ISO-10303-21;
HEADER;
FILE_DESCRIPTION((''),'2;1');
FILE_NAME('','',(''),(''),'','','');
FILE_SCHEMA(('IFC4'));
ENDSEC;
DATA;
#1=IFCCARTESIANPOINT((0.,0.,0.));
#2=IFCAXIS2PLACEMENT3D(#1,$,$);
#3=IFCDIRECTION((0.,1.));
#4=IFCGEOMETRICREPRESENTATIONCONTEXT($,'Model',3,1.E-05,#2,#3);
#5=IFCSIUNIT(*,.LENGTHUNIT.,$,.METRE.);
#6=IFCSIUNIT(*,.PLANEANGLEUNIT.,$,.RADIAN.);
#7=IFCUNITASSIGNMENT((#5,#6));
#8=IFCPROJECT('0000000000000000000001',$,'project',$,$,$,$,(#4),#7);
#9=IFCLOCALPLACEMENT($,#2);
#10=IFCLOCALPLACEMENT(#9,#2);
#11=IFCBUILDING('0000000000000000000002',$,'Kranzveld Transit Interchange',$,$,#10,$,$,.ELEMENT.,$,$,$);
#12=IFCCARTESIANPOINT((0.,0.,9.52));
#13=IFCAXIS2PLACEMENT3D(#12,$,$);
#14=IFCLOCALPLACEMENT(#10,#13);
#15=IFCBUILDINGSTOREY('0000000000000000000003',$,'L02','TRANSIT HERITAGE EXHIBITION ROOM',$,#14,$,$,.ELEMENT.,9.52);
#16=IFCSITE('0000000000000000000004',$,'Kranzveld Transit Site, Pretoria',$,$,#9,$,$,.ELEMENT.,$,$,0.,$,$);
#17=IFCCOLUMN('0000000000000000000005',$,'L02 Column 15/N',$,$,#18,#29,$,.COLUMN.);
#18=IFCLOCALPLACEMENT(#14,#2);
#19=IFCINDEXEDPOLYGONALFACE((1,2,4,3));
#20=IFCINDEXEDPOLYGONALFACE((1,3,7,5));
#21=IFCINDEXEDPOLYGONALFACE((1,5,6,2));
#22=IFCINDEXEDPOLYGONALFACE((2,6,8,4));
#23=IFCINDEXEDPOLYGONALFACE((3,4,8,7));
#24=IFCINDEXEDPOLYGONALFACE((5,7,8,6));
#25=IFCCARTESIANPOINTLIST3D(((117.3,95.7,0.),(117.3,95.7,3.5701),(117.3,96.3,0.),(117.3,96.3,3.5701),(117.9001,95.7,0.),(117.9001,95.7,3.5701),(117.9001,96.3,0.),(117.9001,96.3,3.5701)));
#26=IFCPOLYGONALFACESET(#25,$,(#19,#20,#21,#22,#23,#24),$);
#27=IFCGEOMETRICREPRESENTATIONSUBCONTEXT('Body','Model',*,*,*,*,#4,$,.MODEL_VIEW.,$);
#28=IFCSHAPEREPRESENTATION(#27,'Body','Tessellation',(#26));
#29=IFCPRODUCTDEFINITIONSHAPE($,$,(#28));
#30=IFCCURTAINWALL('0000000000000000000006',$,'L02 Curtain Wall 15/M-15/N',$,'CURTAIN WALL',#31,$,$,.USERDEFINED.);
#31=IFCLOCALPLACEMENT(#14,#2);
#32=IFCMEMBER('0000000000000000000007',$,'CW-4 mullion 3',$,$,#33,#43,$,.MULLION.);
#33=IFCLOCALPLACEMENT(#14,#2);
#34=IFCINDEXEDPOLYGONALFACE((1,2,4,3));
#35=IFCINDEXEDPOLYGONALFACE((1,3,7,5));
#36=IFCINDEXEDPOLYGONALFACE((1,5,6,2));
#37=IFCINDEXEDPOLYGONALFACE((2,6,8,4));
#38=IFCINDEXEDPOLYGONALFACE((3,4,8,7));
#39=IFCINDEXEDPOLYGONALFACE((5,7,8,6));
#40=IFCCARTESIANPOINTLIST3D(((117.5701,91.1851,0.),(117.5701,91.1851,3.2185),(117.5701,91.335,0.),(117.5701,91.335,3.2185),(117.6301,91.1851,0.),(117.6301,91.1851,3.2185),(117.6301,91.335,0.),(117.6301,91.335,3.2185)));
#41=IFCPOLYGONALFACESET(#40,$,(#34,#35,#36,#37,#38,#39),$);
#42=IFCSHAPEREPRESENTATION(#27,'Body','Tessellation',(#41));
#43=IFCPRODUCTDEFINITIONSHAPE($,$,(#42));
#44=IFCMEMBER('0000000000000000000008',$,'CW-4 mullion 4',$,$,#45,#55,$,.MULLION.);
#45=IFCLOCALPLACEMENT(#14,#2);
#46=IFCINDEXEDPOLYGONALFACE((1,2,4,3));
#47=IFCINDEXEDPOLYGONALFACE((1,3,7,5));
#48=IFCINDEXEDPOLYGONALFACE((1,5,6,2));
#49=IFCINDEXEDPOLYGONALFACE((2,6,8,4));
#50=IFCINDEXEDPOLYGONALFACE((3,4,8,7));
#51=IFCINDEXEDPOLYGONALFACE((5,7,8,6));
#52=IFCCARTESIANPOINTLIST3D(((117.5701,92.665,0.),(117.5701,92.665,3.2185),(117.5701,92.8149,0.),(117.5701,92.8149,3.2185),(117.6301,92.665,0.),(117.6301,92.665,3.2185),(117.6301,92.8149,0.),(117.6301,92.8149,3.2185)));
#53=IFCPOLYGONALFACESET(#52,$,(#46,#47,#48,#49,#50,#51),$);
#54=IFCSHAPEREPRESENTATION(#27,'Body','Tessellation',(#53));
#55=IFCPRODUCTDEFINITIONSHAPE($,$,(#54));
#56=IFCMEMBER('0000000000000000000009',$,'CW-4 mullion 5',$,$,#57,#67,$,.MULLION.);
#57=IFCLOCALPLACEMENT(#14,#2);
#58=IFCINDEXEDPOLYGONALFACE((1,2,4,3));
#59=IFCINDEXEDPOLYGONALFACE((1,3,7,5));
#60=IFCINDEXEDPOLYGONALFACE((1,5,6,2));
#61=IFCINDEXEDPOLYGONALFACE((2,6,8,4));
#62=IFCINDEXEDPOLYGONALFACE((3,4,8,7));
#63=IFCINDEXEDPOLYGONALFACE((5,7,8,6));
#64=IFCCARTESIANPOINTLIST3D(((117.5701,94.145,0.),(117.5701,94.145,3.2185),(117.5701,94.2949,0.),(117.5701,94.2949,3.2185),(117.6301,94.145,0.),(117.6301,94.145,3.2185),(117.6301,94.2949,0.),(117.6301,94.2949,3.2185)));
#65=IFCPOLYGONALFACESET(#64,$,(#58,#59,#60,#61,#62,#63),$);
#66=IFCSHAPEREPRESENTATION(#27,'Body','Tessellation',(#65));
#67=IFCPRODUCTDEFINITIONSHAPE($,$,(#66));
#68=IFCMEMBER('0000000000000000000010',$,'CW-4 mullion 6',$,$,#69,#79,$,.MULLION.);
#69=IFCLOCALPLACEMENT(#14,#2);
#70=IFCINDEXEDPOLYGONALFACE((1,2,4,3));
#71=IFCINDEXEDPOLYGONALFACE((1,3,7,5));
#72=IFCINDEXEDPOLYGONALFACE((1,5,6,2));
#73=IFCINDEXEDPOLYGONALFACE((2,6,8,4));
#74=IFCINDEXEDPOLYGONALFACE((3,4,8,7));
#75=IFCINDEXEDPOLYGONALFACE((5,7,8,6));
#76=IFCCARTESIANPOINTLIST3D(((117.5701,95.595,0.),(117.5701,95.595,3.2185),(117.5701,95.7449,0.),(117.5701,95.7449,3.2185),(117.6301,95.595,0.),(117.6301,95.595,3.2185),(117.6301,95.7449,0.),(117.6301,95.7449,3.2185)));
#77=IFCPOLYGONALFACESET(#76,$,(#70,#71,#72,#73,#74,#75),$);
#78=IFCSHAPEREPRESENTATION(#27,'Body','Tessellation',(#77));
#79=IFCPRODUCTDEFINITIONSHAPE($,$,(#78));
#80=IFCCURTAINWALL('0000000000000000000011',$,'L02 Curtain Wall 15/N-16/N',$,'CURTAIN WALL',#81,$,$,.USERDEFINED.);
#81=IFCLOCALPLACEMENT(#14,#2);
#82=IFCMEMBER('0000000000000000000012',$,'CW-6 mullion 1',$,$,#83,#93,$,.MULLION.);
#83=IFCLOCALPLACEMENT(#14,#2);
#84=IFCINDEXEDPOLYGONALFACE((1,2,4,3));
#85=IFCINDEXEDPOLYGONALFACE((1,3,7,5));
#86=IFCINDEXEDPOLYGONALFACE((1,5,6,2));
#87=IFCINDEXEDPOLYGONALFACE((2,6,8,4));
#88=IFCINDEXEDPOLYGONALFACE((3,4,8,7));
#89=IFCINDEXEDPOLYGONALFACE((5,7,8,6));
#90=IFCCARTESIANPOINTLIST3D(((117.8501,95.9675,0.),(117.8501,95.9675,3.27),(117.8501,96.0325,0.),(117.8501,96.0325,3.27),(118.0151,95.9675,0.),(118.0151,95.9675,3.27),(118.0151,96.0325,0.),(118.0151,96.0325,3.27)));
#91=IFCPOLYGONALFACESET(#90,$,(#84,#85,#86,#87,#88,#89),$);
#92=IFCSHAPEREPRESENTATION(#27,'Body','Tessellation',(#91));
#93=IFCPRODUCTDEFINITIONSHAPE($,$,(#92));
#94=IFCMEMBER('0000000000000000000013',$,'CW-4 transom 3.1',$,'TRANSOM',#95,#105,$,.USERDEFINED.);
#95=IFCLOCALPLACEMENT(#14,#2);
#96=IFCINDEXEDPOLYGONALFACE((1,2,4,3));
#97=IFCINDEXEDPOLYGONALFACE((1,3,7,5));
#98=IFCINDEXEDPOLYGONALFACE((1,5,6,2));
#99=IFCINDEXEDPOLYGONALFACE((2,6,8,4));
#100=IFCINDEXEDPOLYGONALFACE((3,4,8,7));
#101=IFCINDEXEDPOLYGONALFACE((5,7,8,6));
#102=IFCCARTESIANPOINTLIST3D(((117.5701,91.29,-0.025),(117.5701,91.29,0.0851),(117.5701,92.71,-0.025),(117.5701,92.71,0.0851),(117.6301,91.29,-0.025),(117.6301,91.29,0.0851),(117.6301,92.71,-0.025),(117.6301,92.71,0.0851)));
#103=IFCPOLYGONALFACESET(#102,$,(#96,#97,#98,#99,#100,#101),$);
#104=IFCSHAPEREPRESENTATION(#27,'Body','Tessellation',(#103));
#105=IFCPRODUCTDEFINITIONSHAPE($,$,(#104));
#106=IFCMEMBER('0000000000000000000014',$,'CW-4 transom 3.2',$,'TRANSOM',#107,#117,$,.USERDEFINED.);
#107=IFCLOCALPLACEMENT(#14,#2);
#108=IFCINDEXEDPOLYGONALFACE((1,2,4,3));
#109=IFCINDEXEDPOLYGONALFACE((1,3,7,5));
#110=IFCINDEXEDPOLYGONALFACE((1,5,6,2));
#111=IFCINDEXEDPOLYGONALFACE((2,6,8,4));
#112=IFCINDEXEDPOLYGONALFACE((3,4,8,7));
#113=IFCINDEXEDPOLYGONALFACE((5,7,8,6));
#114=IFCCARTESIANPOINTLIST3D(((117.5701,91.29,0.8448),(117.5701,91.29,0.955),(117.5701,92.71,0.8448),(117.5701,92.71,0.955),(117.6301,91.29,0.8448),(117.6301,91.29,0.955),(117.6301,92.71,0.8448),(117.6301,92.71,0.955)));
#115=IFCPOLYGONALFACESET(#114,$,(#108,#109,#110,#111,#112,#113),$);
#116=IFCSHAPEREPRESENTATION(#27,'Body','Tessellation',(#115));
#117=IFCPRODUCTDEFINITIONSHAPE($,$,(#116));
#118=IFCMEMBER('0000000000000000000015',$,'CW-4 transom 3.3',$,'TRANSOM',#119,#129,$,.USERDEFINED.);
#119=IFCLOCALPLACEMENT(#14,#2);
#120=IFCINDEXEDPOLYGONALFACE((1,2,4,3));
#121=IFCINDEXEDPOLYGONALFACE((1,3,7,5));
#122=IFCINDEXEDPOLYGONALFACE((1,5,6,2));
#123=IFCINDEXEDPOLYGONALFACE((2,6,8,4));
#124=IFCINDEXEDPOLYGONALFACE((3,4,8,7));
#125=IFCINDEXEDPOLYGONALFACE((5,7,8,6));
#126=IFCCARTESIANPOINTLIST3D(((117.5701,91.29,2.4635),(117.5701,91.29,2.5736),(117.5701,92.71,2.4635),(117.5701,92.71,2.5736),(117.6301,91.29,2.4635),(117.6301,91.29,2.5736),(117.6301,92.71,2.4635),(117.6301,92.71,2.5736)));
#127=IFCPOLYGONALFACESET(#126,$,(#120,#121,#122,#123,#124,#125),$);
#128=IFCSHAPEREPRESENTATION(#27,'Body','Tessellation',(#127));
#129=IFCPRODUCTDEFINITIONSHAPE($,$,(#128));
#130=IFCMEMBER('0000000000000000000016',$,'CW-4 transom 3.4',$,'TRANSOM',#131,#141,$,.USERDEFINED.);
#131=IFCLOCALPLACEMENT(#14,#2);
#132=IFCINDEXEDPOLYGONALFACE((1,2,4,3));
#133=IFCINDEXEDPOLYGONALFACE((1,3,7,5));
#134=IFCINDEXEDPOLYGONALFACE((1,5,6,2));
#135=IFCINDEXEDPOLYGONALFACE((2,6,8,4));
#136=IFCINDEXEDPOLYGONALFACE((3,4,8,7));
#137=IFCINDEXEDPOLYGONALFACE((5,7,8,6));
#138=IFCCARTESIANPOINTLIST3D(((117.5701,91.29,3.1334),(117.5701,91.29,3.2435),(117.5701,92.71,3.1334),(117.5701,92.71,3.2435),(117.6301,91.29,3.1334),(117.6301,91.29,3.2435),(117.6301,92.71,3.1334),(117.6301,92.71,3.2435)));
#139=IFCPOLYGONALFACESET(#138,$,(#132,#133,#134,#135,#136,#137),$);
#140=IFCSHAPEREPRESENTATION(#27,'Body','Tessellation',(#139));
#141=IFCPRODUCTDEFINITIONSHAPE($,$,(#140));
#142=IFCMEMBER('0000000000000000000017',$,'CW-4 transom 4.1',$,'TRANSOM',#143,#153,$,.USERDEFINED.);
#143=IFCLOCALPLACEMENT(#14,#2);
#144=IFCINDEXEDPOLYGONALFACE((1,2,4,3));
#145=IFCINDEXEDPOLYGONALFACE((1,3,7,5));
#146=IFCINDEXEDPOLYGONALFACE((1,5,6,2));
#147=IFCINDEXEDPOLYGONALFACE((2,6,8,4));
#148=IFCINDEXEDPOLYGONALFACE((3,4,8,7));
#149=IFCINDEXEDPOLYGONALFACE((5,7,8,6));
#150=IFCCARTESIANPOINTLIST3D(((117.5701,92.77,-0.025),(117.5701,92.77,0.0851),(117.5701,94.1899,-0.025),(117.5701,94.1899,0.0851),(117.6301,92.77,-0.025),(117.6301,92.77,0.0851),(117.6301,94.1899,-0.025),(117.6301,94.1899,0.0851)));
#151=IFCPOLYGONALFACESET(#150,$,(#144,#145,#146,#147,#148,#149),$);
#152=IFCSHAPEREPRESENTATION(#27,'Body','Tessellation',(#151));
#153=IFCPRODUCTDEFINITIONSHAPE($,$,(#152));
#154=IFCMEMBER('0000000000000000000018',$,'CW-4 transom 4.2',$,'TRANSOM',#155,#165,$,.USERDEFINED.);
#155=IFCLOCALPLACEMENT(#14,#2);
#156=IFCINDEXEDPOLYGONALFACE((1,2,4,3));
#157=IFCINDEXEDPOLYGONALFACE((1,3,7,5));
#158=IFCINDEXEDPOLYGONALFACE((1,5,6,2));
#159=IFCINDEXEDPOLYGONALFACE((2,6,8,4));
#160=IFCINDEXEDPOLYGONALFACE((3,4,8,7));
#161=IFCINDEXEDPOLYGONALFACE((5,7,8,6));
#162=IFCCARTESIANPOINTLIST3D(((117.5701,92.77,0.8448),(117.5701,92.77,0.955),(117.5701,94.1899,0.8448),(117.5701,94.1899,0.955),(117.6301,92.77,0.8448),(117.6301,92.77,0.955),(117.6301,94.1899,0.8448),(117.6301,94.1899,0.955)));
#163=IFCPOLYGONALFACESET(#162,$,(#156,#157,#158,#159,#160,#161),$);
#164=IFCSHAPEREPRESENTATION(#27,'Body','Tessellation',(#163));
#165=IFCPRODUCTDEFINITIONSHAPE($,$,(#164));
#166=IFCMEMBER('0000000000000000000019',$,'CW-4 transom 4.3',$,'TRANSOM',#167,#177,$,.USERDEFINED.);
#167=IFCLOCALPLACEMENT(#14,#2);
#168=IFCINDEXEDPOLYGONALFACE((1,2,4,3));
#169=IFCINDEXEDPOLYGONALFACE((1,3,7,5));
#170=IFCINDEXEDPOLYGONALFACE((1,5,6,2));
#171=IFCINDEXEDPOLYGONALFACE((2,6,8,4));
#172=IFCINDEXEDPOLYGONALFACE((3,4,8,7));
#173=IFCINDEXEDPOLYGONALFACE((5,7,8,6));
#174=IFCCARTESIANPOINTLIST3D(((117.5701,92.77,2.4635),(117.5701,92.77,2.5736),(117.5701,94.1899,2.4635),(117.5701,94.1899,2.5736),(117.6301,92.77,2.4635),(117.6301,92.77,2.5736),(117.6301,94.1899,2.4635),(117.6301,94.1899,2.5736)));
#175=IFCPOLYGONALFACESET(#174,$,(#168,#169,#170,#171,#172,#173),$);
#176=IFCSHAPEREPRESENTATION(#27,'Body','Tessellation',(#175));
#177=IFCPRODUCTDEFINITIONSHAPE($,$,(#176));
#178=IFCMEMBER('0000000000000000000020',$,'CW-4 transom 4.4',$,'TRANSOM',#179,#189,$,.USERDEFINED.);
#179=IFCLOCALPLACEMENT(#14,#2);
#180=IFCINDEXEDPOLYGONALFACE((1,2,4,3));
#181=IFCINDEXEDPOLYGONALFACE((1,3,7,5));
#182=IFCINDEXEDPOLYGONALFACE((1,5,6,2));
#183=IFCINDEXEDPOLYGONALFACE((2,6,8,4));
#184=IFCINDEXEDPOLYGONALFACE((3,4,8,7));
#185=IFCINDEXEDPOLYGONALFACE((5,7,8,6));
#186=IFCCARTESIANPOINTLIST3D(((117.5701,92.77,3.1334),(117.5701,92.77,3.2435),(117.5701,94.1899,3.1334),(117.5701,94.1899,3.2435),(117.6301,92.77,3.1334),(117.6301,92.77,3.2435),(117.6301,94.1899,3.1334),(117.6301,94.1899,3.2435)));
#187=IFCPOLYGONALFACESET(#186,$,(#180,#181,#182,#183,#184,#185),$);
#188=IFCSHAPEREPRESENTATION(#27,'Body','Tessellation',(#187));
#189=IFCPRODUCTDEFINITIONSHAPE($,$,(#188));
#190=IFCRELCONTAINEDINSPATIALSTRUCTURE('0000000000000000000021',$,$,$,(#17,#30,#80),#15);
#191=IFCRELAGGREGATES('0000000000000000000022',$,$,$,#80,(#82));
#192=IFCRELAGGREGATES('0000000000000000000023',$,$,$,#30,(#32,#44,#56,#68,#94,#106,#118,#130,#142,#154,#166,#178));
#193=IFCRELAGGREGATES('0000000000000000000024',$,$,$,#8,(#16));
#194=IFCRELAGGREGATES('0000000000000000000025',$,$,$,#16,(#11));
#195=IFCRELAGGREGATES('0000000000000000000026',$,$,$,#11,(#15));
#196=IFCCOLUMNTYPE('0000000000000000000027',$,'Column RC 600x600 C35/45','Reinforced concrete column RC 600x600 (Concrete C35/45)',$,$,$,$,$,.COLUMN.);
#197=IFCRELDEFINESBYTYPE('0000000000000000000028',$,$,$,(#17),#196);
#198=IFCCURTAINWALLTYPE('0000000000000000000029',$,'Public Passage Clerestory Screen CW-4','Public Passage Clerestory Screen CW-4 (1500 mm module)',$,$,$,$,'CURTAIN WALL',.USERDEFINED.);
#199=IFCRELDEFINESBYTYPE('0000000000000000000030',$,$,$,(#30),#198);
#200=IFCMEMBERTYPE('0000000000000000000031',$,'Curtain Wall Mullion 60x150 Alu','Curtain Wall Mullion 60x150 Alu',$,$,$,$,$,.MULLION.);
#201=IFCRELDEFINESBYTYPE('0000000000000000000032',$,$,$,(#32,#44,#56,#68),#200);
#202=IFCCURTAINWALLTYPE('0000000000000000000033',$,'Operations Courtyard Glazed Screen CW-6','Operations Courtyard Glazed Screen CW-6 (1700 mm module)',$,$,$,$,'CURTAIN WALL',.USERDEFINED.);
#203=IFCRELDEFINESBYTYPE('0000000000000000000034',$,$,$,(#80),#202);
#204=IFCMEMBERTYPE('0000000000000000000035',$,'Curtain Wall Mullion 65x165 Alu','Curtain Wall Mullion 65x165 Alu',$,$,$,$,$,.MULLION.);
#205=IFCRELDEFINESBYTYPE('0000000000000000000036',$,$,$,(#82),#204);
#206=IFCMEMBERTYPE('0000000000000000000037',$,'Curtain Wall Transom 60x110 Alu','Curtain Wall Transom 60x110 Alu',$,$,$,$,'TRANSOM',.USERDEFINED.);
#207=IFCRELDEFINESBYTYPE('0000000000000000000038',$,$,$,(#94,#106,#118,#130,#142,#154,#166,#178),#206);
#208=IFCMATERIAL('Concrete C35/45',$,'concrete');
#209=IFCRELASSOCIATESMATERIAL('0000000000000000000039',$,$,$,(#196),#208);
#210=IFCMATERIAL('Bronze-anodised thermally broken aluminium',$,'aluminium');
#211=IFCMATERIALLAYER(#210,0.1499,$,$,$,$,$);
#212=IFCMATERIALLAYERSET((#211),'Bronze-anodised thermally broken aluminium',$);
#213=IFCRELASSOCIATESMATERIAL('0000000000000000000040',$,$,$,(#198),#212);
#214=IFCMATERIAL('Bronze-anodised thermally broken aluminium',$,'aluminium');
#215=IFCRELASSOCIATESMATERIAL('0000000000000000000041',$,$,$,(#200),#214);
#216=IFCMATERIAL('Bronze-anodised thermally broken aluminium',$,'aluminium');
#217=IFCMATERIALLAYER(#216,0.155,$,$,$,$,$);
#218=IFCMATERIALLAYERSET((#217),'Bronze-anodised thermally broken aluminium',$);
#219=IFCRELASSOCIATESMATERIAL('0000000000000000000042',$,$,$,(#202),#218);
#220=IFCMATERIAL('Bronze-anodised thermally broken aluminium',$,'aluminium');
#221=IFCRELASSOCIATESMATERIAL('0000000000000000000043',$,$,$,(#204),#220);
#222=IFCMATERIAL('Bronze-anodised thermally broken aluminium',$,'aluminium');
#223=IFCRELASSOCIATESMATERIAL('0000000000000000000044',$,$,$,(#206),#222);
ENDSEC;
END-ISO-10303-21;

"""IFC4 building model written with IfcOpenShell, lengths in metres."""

from ifc_helpers import new_model, si_unit, direction, frame, origin, origin_2d, place, context, subcontext, project, spatial, rectangle, extrude, material, layer, layer_set, material_profile, profile_set, type_object, element, aggregate, save


model = new_model("IFC4")

# Units and contexts
model_context = context("Model", 3, precision=1e-05, world=origin(), true_north=direction((0.0, 1.0)))
body_context = subcontext(model_context, "Body", "Model", "MODEL_VIEW")
ifc_project = project(units=[si_unit("LENGTHUNIT", "METRE"), si_unit("PLANEANGLEUNIT", "RADIAN")], contexts=[model_context])

# Site, building, storey
site_placement = place(None, origin())
site = spatial("IfcSite", under=ifc_project, at=site_placement, Name="Kranzveld Transit Site, Pretoria", CompositionType="ELEMENT", RefElevation=0.0)
building_placement = place(site_placement, origin())
building = spatial("IfcBuilding", under=site, at=building_placement, Name="Kranzveld Transit Interchange", CompositionType="ELEMENT")
storey_placement = place(building_placement, frame((0.0, 0.0, 9.52)))
storey = spatial("IfcBuildingStorey", under=building, at=storey_placement, Name="L02", Description="TRANSIT HERITAGE EXHIBITION ROOM", CompositionType="ELEMENT", Elevation=9.52)

# Column
ifc_material_1 = material(Name="Concrete C35/45", Category="concrete")
ifc_material_profile_1 = material_profile(ifc_material_1, rectangle(XDim=0.6001, YDim=0.6001, at=origin_2d()), Name="RC 600x600")
ifc_profile_set_1 = profile_set([ifc_material_profile_1], Name="Concrete C35/45")
column_type = type_object("IfcColumnType", Name="Column RC 600x600 C35/45", Description="Reinforced concrete column RC 600x600 (Concrete C35/45)", PredefinedType="COLUMN", material=ifc_profile_set_1)
column_placement = place(storey_placement, frame((117.6001, 96.0, 0.0), z_axis=(0.0, 0.0, 1.0), x_axis=(1.0, 0.0, 0.0)))
element("IfcColumn", 1, at=column_placement, inside=storey, type_object=column_type, Name="L02 Column 15/N", PredefinedType="COLUMN", context=body_context, shape_type="SweptSolid", body=[
    extrude(rectangle(XDim=0.6001, YDim=0.6001, at=origin_2d()), origin(), (0.0, 0.0, 1.0), 3.5701),
])

# Curtain wall, members
ifc_material_2 = material(Name="Bronze-anodised thermally broken aluminium", Category="aluminium")
ifc_layer_1 = layer(ifc_material_2, 0.1499)
ifc_layer_set_1 = layer_set([ifc_layer_1], Name="Bronze-anodised thermally broken aluminium")
curtain_wall_type_1 = type_object("IfcCurtainWallType", Name="Public Passage Clerestory Screen CW-4", Description="Public Passage Clerestory Screen CW-4 (1500 mm module)", ElementType="CURTAIN WALL", PredefinedType="USERDEFINED", material=ifc_layer_set_1)
curtain_wall_1_placement = place(storey_placement, origin())
curtain_wall_1 = element("IfcCurtainWall", 2, at=curtain_wall_1_placement, inside=storey, type_object=curtain_wall_type_1, Name="L02 Curtain Wall 15/M-15/N", ObjectType="CURTAIN WALL", PredefinedType="USERDEFINED")
ifc_material_3 = material(Name="Bronze-anodised thermally broken aluminium", Category="aluminium")
ifc_material_profile_2 = material_profile(ifc_material_3, rectangle(XDim=0.0601, YDim=0.1499, at=origin_2d()), Name="ALU MULLION 60x150")
ifc_profile_set_2 = profile_set([ifc_material_profile_2], Name="Bronze-anodised thermally broken aluminium")
member_type_1 = type_object("IfcMemberType", Name="Curtain Wall Mullion 60x150 Alu", Description="Curtain Wall Mullion 60x150 Alu", PredefinedType="MULLION", material=ifc_profile_set_2)
member_1_placement = place(storey_placement, frame((117.6001, 91.26, 0.0), z_axis=(0.0, 0.0, 1.0), x_axis=(-1.0, 0.0, 0.0)))
member_1 = element("IfcMember", 3, at=member_1_placement, type_object=member_type_1, Name="CW-4 mullion 3", PredefinedType="MULLION", context=body_context, shape_type="SweptSolid", body=[
    extrude(rectangle(XDim=0.0601, YDim=0.1499, at=origin_2d()), origin(), (0.0, 0.0, 1.0), 3.2185),
])
member_2_placement = place(storey_placement, frame((117.6001, 92.74, 0.0), z_axis=(0.0, 0.0, 1.0), x_axis=(-1.0, 0.0, 0.0)))
member_2 = element("IfcMember", 4, at=member_2_placement, type_object=member_type_1, Name="CW-4 mullion 4", PredefinedType="MULLION", context=body_context, shape_type="SweptSolid", body=[
    extrude(rectangle(XDim=0.0601, YDim=0.1499, at=origin_2d()), origin(), (0.0, 0.0, 1.0), 3.2185),
])
member_3_placement = place(storey_placement, frame((117.6001, 94.22, 0.0), z_axis=(0.0, 0.0, 1.0), x_axis=(-1.0, 0.0, 0.0)))
member_3 = element("IfcMember", 5, at=member_3_placement, type_object=member_type_1, Name="CW-4 mullion 5", PredefinedType="MULLION", context=body_context, shape_type="SweptSolid", body=[
    extrude(rectangle(XDim=0.0601, YDim=0.1499, at=origin_2d()), origin(), (0.0, 0.0, 1.0), 3.2185),
])
member_4_placement = place(storey_placement, frame((117.6001, 95.6699, 0.0), z_axis=(0.0, 0.0, 1.0), x_axis=(-1.0, 0.0, 0.0)))
member_4 = element("IfcMember", 6, at=member_4_placement, type_object=member_type_1, Name="CW-4 mullion 6", PredefinedType="MULLION", context=body_context, shape_type="SweptSolid", body=[
    extrude(rectangle(XDim=0.0601, YDim=0.1499, at=origin_2d()), origin(), (0.0, 0.0, 1.0), 3.2185),
])

# Curtain wall, member
ifc_material_4 = material(Name="Bronze-anodised thermally broken aluminium", Category="aluminium")
ifc_layer_2 = layer(ifc_material_4, 0.155)
ifc_layer_set_2 = layer_set([ifc_layer_2], Name="Bronze-anodised thermally broken aluminium")
curtain_wall_type_2 = type_object("IfcCurtainWallType", Name="Operations Courtyard Glazed Screen CW-6", Description="Operations Courtyard Glazed Screen CW-6 (1700 mm module)", ElementType="CURTAIN WALL", PredefinedType="USERDEFINED", material=ifc_layer_set_2)
curtain_wall_2_placement = place(storey_placement, origin())
curtain_wall_2 = element("IfcCurtainWall", 7, at=curtain_wall_2_placement, inside=storey, type_object=curtain_wall_type_2, Name="L02 Curtain Wall 15/N-16/N", ObjectType="CURTAIN WALL", PredefinedType="USERDEFINED")
ifc_material_5 = material(Name="Bronze-anodised thermally broken aluminium", Category="aluminium")
ifc_material_profile_3 = material_profile(ifc_material_5, rectangle(XDim=0.0649, YDim=0.165, at=origin_2d()), Name="ALU MULLION 65x165")
ifc_profile_set_3 = profile_set([ifc_material_profile_3], Name="Bronze-anodised thermally broken aluminium")
member_type_2 = type_object("IfcMemberType", Name="Curtain Wall Mullion 65x165 Alu", Description="Curtain Wall Mullion 65x165 Alu", PredefinedType="MULLION", material=ifc_profile_set_3)
member_5_placement = place(storey_placement, frame((117.9326, 96.0, 0.0), z_axis=(0.0, 0.0, 1.0), x_axis=(0.0, 1.0, 0.0)))
member_5 = element("IfcMember", 8, at=member_5_placement, type_object=member_type_2, Name="CW-6 mullion 1", PredefinedType="MULLION", context=body_context, shape_type="SweptSolid", body=[
    extrude(rectangle(XDim=0.0649, YDim=0.165, at=origin_2d()), origin(), (0.0, 0.0, 1.0), 3.27),
])

# Members
ifc_material_6 = material(Name="Bronze-anodised thermally broken aluminium", Category="aluminium")
ifc_material_profile_4 = material_profile(ifc_material_6, rectangle(XDim=0.0601, YDim=0.1101, at=origin_2d()), Name="ALU TRANSOM 60x110")
ifc_profile_set_4 = profile_set([ifc_material_profile_4], Name="Bronze-anodised thermally broken aluminium")
member_type_3 = type_object("IfcMemberType", Name="Curtain Wall Transom 60x110 Alu", Description="Curtain Wall Transom 60x110 Alu", ElementType="TRANSOM", PredefinedType="USERDEFINED", material=ifc_profile_set_4)
member_6_placement = place(storey_placement, frame((117.6001, 91.29, 0.03), z_axis=(0.0, 1.0, 0.0), x_axis=(-1.0, 0.0, 0.0)))
member_6 = element("IfcMember", 9, at=member_6_placement, type_object=member_type_3, Name="CW-4 transom 3.1", ObjectType="TRANSOM", PredefinedType="USERDEFINED", context=body_context, shape_type="SweptSolid", body=[
    extrude(rectangle(XDim=0.0601, YDim=0.1101, at=origin_2d()), origin(), (0.0, 0.0, 1.0), 1.4199),
])
member_7_placement = place(storey_placement, frame((117.6001, 91.29, 0.8999), z_axis=(0.0, 1.0, 0.0), x_axis=(-1.0, 0.0, 0.0)))
member_7 = element("IfcMember", 10, at=member_7_placement, type_object=member_type_3, Name="CW-4 transom 3.2", ObjectType="TRANSOM", PredefinedType="USERDEFINED", context=body_context, shape_type="SweptSolid", body=[
    extrude(rectangle(XDim=0.0601, YDim=0.1101, at=origin_2d()), origin(), (0.0, 0.0, 1.0), 1.4199),
])
member_8_placement = place(storey_placement, frame((117.6001, 91.29, 2.5186), z_axis=(0.0, 1.0, 0.0), x_axis=(-1.0, 0.0, 0.0)))
member_8 = element("IfcMember", 11, at=member_8_placement, type_object=member_type_3, Name="CW-4 transom 3.3", ObjectType="TRANSOM", PredefinedType="USERDEFINED", context=body_context, shape_type="SweptSolid", body=[
    extrude(rectangle(XDim=0.0601, YDim=0.1101, at=origin_2d()), origin(), (0.0, 0.0, 1.0), 1.4199),
])
member_9_placement = place(storey_placement, frame((117.6001, 91.29, 3.1885), z_axis=(0.0, 1.0, 0.0), x_axis=(-1.0, 0.0, 0.0)))
member_9 = element("IfcMember", 12, at=member_9_placement, type_object=member_type_3, Name="CW-4 transom 3.4", ObjectType="TRANSOM", PredefinedType="USERDEFINED", context=body_context, shape_type="SweptSolid", body=[
    extrude(rectangle(XDim=0.0601, YDim=0.1101, at=origin_2d()), origin(), (0.0, 0.0, 1.0), 1.4199),
])
member_10_placement = place(storey_placement, frame((117.6001, 92.77, 0.03), z_axis=(0.0, 1.0, 0.0), x_axis=(-1.0, 0.0, 0.0)))
member_10 = element("IfcMember", 13, at=member_10_placement, type_object=member_type_3, Name="CW-4 transom 4.1", ObjectType="TRANSOM", PredefinedType="USERDEFINED", context=body_context, shape_type="SweptSolid", body=[
    extrude(rectangle(XDim=0.0601, YDim=0.1101, at=origin_2d()), origin(), (0.0, 0.0, 1.0), 1.4199),
])
member_11_placement = place(storey_placement, frame((117.6001, 92.77, 0.8999), z_axis=(0.0, 1.0, 0.0), x_axis=(-1.0, 0.0, 0.0)))
member_11 = element("IfcMember", 14, at=member_11_placement, type_object=member_type_3, Name="CW-4 transom 4.2", ObjectType="TRANSOM", PredefinedType="USERDEFINED", context=body_context, shape_type="SweptSolid", body=[
    extrude(rectangle(XDim=0.0601, YDim=0.1101, at=origin_2d()), origin(), (0.0, 0.0, 1.0), 1.4199),
])
member_12_placement = place(storey_placement, frame((117.6001, 92.77, 2.5186), z_axis=(0.0, 1.0, 0.0), x_axis=(-1.0, 0.0, 0.0)))
member_12 = element("IfcMember", 15, at=member_12_placement, type_object=member_type_3, Name="CW-4 transom 4.3", ObjectType="TRANSOM", PredefinedType="USERDEFINED", context=body_context, shape_type="SweptSolid", body=[
    extrude(rectangle(XDim=0.0601, YDim=0.1101, at=origin_2d()), origin(), (0.0, 0.0, 1.0), 1.4199),
])
member_13_placement = place(storey_placement, frame((117.6001, 92.77, 3.1885), z_axis=(0.0, 1.0, 0.0), x_axis=(-1.0, 0.0, 0.0)))
member_13 = element("IfcMember", 16, at=member_13_placement, type_object=member_type_3, Name="CW-4 transom 4.4", ObjectType="TRANSOM", PredefinedType="USERDEFINED", context=body_context, shape_type="SweptSolid", body=[
    extrude(rectangle(XDim=0.0601, YDim=0.1101, at=origin_2d()), origin(), (0.0, 0.0, 1.0), 1.4199),
])
aggregate(curtain_wall_2, [member_5])

aggregate(curtain_wall_1, [member_1, member_2, member_3, member_4, member_6, member_7, member_8, member_9, member_10, member_11, member_12, member_13])

save(model, "model.ifc")
